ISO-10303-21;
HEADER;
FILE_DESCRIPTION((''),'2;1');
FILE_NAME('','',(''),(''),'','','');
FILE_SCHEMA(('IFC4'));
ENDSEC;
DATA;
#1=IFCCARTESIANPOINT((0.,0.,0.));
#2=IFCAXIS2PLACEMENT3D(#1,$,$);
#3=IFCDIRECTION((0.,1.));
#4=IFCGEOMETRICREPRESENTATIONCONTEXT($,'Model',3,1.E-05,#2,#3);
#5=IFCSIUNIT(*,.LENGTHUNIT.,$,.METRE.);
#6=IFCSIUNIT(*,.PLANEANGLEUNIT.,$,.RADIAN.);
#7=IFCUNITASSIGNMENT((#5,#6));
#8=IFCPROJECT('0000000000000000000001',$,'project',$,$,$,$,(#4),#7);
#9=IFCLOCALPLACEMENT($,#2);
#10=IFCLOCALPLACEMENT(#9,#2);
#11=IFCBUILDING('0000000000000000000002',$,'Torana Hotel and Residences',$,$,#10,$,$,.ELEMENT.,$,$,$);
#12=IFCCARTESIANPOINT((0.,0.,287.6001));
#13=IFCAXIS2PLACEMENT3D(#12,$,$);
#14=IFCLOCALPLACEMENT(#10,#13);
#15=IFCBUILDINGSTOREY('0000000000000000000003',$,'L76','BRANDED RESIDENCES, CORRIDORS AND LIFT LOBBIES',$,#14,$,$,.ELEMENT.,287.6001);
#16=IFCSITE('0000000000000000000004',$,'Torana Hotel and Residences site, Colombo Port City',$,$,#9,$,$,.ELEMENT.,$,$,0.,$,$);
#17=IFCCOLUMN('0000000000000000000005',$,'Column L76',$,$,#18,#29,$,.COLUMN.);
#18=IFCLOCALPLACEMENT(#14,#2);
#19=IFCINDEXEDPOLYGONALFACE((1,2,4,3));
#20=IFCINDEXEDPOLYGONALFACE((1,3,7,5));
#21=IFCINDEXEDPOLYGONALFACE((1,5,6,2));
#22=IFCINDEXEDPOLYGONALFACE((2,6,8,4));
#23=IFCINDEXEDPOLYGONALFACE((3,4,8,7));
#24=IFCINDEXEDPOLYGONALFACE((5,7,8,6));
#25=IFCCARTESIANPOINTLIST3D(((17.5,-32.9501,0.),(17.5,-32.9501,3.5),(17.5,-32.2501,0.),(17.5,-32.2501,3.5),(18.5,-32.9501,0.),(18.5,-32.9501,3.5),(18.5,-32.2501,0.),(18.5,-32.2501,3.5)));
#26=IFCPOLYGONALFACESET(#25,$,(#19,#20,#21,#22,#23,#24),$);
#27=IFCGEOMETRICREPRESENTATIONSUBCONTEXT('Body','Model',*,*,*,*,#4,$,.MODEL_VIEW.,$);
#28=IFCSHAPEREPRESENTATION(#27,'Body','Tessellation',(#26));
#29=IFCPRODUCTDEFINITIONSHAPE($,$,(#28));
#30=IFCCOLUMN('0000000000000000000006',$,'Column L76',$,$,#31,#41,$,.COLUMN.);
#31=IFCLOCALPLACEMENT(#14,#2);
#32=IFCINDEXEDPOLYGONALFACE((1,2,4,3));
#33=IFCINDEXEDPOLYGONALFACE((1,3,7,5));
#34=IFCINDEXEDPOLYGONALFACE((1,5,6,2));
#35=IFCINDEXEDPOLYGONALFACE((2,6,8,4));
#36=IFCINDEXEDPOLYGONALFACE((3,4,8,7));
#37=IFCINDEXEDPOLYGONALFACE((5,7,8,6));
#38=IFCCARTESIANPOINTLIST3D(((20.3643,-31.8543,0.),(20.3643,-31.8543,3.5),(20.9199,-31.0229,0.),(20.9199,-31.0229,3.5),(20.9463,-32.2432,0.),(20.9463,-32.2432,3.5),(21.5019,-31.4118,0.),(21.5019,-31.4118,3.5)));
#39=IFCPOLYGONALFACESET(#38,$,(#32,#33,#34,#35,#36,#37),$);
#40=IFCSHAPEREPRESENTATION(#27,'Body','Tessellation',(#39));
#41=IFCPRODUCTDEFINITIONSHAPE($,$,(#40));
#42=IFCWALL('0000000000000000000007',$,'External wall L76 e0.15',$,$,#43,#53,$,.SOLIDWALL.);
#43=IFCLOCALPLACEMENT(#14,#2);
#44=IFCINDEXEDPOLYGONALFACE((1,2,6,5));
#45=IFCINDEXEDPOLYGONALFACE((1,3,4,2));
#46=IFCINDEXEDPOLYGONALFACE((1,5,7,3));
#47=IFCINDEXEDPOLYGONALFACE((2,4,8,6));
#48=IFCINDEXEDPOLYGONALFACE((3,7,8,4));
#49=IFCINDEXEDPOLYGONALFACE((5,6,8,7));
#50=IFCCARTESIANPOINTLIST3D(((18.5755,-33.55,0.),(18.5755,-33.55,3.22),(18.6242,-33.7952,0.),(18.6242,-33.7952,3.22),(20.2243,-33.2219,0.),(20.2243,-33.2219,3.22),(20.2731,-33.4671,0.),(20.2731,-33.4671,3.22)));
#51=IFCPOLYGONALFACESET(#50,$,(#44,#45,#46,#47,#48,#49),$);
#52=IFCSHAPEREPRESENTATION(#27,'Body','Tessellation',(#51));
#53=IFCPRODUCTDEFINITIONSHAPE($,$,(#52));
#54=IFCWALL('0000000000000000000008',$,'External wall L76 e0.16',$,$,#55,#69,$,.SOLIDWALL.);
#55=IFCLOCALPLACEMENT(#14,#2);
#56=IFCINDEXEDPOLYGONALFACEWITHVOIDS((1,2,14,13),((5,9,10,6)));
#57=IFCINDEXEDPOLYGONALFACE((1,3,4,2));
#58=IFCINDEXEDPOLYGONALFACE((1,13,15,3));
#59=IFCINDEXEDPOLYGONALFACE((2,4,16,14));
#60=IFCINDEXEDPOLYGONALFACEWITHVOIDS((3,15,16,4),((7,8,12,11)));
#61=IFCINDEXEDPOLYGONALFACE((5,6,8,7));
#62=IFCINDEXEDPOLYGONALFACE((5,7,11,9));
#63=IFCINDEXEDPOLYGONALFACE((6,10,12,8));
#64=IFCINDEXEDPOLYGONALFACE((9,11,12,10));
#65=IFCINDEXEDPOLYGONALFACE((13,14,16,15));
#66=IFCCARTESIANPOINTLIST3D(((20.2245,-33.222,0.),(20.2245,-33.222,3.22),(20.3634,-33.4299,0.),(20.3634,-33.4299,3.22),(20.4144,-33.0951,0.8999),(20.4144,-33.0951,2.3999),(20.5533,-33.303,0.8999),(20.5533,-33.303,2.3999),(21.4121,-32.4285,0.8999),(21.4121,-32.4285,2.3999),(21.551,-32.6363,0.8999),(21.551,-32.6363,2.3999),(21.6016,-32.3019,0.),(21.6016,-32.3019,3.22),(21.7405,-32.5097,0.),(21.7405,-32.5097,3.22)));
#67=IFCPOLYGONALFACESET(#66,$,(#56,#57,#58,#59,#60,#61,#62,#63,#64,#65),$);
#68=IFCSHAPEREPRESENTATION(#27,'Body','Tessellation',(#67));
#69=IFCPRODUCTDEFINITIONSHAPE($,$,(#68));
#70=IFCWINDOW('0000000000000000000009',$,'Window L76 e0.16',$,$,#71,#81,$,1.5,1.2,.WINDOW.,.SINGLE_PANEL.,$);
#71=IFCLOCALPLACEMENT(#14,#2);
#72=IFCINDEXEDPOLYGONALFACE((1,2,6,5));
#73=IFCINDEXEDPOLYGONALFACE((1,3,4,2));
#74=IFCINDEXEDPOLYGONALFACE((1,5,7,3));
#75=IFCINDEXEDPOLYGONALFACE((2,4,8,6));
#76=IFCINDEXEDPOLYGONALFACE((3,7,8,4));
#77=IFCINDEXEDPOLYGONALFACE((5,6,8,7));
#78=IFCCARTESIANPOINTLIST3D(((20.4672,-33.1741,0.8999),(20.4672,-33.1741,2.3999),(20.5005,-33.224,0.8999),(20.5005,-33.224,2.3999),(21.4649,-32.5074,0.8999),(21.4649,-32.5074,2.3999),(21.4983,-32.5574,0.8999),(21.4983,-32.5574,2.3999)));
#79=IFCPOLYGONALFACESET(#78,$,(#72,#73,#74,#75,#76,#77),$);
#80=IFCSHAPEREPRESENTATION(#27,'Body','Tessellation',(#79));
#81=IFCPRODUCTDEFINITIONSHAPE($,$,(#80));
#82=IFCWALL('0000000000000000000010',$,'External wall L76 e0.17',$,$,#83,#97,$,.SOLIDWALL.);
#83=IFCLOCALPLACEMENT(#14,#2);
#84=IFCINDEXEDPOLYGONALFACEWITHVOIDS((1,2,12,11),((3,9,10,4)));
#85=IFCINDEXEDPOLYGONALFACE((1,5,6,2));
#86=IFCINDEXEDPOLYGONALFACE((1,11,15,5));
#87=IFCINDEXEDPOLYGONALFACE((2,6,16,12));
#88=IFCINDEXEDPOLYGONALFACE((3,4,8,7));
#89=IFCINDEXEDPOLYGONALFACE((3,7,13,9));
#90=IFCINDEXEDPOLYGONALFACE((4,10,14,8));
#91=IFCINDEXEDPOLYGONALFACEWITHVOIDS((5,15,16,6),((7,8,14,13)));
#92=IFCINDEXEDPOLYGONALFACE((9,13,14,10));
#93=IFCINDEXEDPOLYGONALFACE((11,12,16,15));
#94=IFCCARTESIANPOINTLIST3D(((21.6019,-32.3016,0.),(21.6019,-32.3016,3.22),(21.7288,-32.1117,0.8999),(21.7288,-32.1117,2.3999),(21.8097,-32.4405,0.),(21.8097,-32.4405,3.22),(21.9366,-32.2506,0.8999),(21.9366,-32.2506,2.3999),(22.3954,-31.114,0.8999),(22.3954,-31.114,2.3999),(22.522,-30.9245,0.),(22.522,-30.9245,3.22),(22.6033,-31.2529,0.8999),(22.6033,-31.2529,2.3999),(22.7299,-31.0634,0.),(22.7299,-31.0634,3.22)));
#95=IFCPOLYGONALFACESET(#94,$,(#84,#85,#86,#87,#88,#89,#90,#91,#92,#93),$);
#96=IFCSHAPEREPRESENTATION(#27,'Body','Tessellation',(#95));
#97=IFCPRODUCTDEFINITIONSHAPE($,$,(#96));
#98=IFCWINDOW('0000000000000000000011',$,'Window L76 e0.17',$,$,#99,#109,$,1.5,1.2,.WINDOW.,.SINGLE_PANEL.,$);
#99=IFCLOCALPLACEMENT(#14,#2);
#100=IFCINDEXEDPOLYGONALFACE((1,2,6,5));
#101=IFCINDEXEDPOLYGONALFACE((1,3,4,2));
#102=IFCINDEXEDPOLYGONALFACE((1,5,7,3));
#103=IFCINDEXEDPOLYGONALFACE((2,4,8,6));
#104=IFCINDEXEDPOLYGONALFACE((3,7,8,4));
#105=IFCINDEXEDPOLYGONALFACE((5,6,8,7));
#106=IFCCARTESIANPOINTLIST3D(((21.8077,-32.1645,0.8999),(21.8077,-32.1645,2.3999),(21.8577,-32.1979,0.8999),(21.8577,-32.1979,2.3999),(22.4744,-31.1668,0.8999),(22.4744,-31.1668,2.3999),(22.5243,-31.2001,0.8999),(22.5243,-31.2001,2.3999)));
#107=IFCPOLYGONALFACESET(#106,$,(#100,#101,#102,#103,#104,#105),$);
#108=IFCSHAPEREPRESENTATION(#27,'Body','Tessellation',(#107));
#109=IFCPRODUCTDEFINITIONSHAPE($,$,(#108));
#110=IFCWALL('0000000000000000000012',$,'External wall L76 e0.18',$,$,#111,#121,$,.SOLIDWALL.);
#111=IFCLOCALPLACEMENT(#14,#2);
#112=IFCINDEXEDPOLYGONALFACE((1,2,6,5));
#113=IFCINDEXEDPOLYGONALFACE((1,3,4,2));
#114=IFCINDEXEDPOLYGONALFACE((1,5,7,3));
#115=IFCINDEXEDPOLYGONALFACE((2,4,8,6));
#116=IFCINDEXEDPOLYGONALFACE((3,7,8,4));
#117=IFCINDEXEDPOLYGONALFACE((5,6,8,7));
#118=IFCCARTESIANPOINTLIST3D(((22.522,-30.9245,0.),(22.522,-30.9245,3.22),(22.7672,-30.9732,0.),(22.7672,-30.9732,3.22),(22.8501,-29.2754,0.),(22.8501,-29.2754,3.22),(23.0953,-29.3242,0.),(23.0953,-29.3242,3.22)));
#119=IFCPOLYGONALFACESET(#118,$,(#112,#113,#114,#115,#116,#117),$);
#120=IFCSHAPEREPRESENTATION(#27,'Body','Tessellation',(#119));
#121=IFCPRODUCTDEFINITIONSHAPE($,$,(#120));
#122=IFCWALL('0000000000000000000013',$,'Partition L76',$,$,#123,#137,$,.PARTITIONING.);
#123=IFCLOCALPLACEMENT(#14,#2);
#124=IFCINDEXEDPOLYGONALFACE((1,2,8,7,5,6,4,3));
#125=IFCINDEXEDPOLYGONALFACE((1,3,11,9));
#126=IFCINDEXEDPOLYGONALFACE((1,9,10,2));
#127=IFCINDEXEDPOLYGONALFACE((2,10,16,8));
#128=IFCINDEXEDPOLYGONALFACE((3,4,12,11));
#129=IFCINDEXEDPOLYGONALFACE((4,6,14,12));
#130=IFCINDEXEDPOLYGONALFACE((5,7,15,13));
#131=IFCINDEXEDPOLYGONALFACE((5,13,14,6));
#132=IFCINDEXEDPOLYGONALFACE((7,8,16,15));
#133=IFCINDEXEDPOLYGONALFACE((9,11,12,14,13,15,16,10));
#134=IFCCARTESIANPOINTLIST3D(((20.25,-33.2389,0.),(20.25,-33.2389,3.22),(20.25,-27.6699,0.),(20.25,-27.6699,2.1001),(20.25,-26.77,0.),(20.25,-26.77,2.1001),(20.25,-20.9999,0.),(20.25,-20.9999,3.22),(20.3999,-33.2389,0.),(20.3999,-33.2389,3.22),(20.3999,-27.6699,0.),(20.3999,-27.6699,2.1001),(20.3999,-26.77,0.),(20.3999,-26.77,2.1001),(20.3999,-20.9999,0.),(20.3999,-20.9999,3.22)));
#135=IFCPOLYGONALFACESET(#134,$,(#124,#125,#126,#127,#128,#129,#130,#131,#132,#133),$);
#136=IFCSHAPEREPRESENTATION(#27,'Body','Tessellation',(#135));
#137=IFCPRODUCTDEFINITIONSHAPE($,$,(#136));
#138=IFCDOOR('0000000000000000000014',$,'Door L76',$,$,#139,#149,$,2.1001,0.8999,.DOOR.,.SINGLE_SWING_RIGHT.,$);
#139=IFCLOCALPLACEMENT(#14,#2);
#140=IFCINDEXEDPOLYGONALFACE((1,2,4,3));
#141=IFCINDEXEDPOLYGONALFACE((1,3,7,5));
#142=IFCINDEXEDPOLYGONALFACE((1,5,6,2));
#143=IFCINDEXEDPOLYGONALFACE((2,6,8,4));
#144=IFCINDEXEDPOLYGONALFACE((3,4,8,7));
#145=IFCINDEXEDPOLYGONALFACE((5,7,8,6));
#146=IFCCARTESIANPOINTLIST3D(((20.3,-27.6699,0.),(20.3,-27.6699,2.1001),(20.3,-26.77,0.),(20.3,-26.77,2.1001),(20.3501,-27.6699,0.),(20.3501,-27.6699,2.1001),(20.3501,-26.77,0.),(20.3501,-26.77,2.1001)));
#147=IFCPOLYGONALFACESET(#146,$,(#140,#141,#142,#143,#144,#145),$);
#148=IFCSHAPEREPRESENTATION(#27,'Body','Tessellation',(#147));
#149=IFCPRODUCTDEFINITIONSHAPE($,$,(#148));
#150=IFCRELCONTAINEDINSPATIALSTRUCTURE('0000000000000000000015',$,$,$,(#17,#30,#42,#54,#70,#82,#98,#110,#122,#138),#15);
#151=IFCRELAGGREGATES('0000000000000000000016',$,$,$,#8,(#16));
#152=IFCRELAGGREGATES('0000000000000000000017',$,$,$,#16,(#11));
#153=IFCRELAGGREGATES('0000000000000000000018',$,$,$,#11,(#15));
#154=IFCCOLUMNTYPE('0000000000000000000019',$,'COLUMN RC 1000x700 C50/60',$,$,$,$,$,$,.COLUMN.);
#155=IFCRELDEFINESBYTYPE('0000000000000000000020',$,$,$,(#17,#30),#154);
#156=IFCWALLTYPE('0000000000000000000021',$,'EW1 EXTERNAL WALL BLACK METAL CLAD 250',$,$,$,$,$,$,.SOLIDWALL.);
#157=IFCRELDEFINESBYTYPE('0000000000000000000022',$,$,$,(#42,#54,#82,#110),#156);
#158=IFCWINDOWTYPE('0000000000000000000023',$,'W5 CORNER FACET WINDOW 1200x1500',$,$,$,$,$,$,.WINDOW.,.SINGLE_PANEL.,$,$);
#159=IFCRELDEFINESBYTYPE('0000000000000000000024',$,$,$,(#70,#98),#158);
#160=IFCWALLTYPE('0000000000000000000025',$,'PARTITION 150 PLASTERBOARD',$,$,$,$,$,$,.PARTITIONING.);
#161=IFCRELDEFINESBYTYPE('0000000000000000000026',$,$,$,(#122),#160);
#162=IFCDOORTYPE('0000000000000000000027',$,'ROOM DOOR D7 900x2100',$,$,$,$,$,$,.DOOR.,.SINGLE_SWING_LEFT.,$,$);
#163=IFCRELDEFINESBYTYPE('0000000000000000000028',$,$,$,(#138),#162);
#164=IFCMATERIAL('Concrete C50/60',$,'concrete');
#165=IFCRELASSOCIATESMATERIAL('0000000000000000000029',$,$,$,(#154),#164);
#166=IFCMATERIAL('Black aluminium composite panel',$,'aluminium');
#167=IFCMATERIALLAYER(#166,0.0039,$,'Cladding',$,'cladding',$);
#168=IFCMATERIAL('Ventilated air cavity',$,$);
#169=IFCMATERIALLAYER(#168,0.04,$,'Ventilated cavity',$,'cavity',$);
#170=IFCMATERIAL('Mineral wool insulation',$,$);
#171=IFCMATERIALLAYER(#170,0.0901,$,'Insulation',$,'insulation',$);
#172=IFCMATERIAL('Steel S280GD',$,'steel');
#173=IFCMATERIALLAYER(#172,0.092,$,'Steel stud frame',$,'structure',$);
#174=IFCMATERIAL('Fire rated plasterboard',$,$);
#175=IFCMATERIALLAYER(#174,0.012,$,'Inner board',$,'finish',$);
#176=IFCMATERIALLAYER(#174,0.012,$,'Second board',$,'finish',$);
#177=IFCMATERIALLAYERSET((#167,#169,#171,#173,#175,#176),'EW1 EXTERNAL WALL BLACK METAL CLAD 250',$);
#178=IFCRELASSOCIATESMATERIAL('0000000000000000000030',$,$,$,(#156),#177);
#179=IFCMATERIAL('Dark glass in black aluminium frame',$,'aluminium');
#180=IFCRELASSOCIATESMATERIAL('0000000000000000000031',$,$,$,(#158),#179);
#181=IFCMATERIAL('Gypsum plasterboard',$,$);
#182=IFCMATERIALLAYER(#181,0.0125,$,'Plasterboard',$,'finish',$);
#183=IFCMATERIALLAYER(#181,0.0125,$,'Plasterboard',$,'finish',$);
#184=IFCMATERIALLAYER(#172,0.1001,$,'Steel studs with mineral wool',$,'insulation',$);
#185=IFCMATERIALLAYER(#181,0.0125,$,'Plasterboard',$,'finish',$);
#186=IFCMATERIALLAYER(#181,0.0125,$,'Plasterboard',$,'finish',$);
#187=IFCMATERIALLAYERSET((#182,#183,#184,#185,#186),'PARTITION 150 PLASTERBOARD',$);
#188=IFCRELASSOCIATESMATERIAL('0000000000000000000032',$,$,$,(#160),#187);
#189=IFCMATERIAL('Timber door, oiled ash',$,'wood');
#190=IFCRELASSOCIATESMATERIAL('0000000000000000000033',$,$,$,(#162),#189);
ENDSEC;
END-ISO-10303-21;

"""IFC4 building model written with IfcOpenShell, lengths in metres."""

from ifc_helpers import new_model, si_unit, direction, frame, frame_2d, origin, origin_2d, place, context, subcontext, project, spatial, rectangle, extrude, material, layer, layer_set, material_profile, profile_set, type_object, element, fill, save


model = new_model("IFC4")

# Units and contexts
model_context = context("Model", 3, precision=1e-05, world=origin(), true_north=direction((0.0, 1.0)))
body_context = subcontext(model_context, "Body", "Model", "MODEL_VIEW")
ifc_project = project(units=[si_unit("LENGTHUNIT", "METRE"), si_unit("PLANEANGLEUNIT", "RADIAN")], contexts=[model_context])

# Site, building, storey
site_placement = place(None, origin())
site = spatial("IfcSite", under=ifc_project, at=site_placement, Name="Torana Hotel and Residences site, Colombo Port City", CompositionType="ELEMENT", RefElevation=0.0)
building_placement = place(site_placement, origin())
building = spatial("IfcBuilding", under=site, at=building_placement, Name="Torana Hotel and Residences", CompositionType="ELEMENT")
storey_placement = place(building_placement, frame((0.0, 0.0, 287.6001)))
storey = spatial("IfcBuildingStorey", under=building, at=storey_placement, Name="L76", Description="BRANDED RESIDENCES, CORRIDORS AND LIFT LOBBIES", CompositionType="ELEMENT", Elevation=287.6001)

# Columns
ifc_material_1 = material(Name="Concrete C50/60", Category="concrete")
ifc_material_profile = material_profile(ifc_material_1, rectangle(XDim=1.0, YDim=0.7, at=origin_2d()), Name="RC 1000x700")
ifc_profile_set = profile_set([ifc_material_profile], Name="Concrete C50/60")
column_type = type_object("IfcColumnType", Name="COLUMN RC 1000x700 C50/60", PredefinedType="COLUMN", material=ifc_profile_set)
for number, where, z_axis, x_axis, name in (
    (1, (18.0, -32.6001, 0.0), (0.0, 0.0, 1.0), (1.0, 0.0, 0.0), "Column L76"),
    (2, (20.9331, -31.6331, 0.0), (0.0, 0.0, 1.0), (0.555585, 0.83146, 0.0), "Column L76"),
):
    element("IfcColumn", number, at=place(storey_placement, frame(where, z_axis=z_axis, x_axis=x_axis)), inside=storey, type_object=column_type, Name=name, PredefinedType="COLUMN", context=body_context, shape_type="SweptSolid", body=[
        extrude(rectangle(XDim=1.0, YDim=0.7, at=origin_2d()), origin(), (0.0, 0.0, 1.0), 3.5),
    ])

# Wall
ifc_material_2 = material(Name="Black aluminium composite panel", Category="aluminium")
ifc_layer_1 = layer(ifc_material_2, 0.0039, Name="Cladding", Category="cladding")
ifc_material_3 = material(Name="Ventilated air cavity")
ifc_layer_2 = layer(ifc_material_3, 0.04, Name="Ventilated cavity", Category="cavity")
ifc_material_4 = material(Name="Mineral wool insulation")
ifc_layer_3 = layer(ifc_material_4, 0.0901, Name="Insulation", Category="insulation")
ifc_material_5 = material(Name="Steel S280GD", Category="steel")
ifc_layer_4 = layer(ifc_material_5, 0.092, Name="Steel stud frame", Category="structure")
ifc_material_6 = material(Name="Fire rated plasterboard")
ifc_layer_5 = layer(ifc_material_6, 0.012, Name="Inner board", Category="finish")
ifc_layer_6 = layer(ifc_material_6, 0.012, Name="Second board", Category="finish")
ifc_layer_set_1 = layer_set([ifc_layer_1, ifc_layer_2, ifc_layer_3, ifc_layer_4, ifc_layer_5, ifc_layer_6], Name="EW1 EXTERNAL WALL BLACK METAL CLAD 250")
wall_type_1 = type_object("IfcWallType", Name="EW1 EXTERNAL WALL BLACK METAL CLAD 250", PredefinedType="SOLIDWALL", material=ifc_layer_set_1)
wall_1_placement = place(storey_placement, frame((18.5999, -33.6726, 0.0), z_axis=(0.0, 0.0, 1.0), x_axis=(0.98077, 0.195167, 0.0)))
element("IfcWall", 3, at=wall_1_placement, inside=storey, type_object=wall_type_1, Name="External wall L76 e0.15", PredefinedType="SOLIDWALL", context=body_context, shape_type="SweptSolid", body=[
    extrude(rectangle(XDim=1.6812, YDim=0.25, at=frame_2d((0.8406, 0.0))), origin(), (0.0, 0.0, 1.0), 3.22),
])

# Walls, openings, windows
wall_2_placement = place(storey_placement, frame((20.2939, -33.3259, 0.0), z_axis=(0.0, 0.0, 1.0), x_axis=(0.831483, 0.55555, 0.0)))
wall_2 = element("IfcWall", 4, at=wall_2_placement, inside=storey, type_object=wall_type_1, Name="External wall L76 e0.16", PredefinedType="SOLIDWALL", context=body_context, shape_type="SweptSolid", body=[
    extrude(rectangle(XDim=1.6562, YDim=0.25, at=frame_2d((0.8281, 0.0))), origin(), (0.0, 0.0, 1.0), 3.22),
])
opening_1_placement = place(wall_2_placement, frame((0.2283, 0.0, 0.8999)))
opening_1 = element("IfcOpeningElement", 5, at=opening_1_placement, cuts=wall_2, PredefinedType="OPENING", context=body_context, shape_type="SweptSolid", body=[
    extrude(rectangle(XDim=1.2, YDim=1.5, at=frame_2d((0.6001, 0.75))), frame((0.0, 0.135, 0.0), z_axis=(0.0, -1.0, 0.0), x_axis=(1.0, 0.0, 0.0)), (0.0, 0.0, 1.0), 0.27),
])
ifc_material_7 = material(Name="Dark glass in black aluminium frame", Category="aluminium")
window_type_1 = type_object("IfcWindowType", Name="W5 CORNER FACET WINDOW 1200x1500", PartitioningType="SINGLE_PANEL", PredefinedType="WINDOW", material=ifc_material_7)
window_1_placement = place(opening_1_placement, origin())
window_1 = element("IfcWindow", 6, at=window_1_placement, inside=storey, type_object=window_type_1, Name="Window L76 e0.16", OverallHeight=1.5, OverallWidth=1.2, PartitioningType="SINGLE_PANEL", PredefinedType="WINDOW", context=body_context, shape_type="SweptSolid", body=[
    extrude(rectangle(XDim=1.2, YDim=1.5, at=frame_2d((0.6001, 0.75))), frame((0.0, 0.03, 0.0), z_axis=(0.0, -1.0, 0.0), x_axis=(1.0, 0.0, 0.0)), (0.0, 0.0, 1.0), 0.0601),
])
fill(opening_1, window_1)
wall_3_placement = place(storey_placement, frame((21.7058, -32.3711, 0.0), z_axis=(0.0, 0.0, 1.0), x_axis=(0.55555, 0.831483, 0.0)))
wall_3 = element("IfcWall", 7, at=wall_3_placement, inside=storey, type_object=wall_type_1, Name="External wall L76 e0.17", PredefinedType="SOLIDWALL", context=body_context, shape_type="SweptSolid", body=[
    extrude(rectangle(XDim=1.6562, YDim=0.25, at=frame_2d((0.8281, 0.0))), origin(), (0.0, 0.0, 1.0), 3.22),
])
opening_2_placement = place(wall_3_placement, frame((0.2283, 0.0, 0.8999)))
opening_2 = element("IfcOpeningElement", 8, at=opening_2_placement, cuts=wall_3, PredefinedType="OPENING", context=body_context, shape_type="SweptSolid", body=[
    extrude(rectangle(XDim=1.2, YDim=1.5, at=frame_2d((0.6001, 0.75))), frame((0.0, 0.135, 0.0), z_axis=(0.0, -1.0, 0.0), x_axis=(1.0, 0.0, 0.0)), (0.0, 0.0, 1.0), 0.27),
])
window_2_placement = place(opening_2_placement, origin())
window_2 = element("IfcWindow", 9, at=window_2_placement, inside=storey, type_object=window_type_1, Name="Window L76 e0.17", OverallHeight=1.5, OverallWidth=1.2, PartitioningType="SINGLE_PANEL", PredefinedType="WINDOW", context=body_context, shape_type="SweptSolid", body=[
    extrude(rectangle(XDim=1.2, YDim=1.5, at=frame_2d((0.6001, 0.75))), frame((0.0, 0.03, 0.0), z_axis=(0.0, -1.0, 0.0), x_axis=(1.0, 0.0, 0.0)), (0.0, 0.0, 1.0), 0.0601),
])
fill(opening_2, window_2)

# Wall
wall_4_placement = place(storey_placement, frame((22.6445, -30.949, 0.0), z_axis=(0.0, 0.0, 1.0), x_axis=(0.195139, 0.980776, 0.0)))
element("IfcWall", 10, at=wall_4_placement, inside=storey, type_object=wall_type_1, Name="External wall L76 e0.18", PredefinedType="SOLIDWALL", context=body_context, shape_type="SweptSolid", body=[
    extrude(rectangle(XDim=1.6814, YDim=0.25, at=frame_2d((0.8408, 0.0))), origin(), (0.0, 0.0, 1.0), 3.22),
])

# Wall, opening, door
ifc_material_8 = material(Name="Gypsum plasterboard")
ifc_layer_7 = layer(ifc_material_8, 0.0125, Name="Plasterboard", Category="finish")
ifc_layer_8 = layer(ifc_material_8, 0.0125, Name="Plasterboard", Category="finish")
ifc_layer_9 = layer(ifc_material_5, 0.1001, Name="Steel studs with mineral wool", Category="insulation")
ifc_layer_10 = layer(ifc_material_8, 0.0125, Name="Plasterboard", Category="finish")
ifc_layer_11 = layer(ifc_material_8, 0.0125, Name="Plasterboard", Category="finish")
ifc_layer_set_2 = layer_set([ifc_layer_7, ifc_layer_8, ifc_layer_9, ifc_layer_10, ifc_layer_11], Name="PARTITION 150 PLASTERBOARD")
wall_type_2 = type_object("IfcWallType", Name="PARTITION 150 PLASTERBOARD", PredefinedType="PARTITIONING", material=ifc_layer_set_2)
wall_5_placement = place(storey_placement, frame((20.325, -33.239, 0.0), z_axis=(0.0, 0.0, 1.0), x_axis=(0.0, 1.0, 0.0)))
wall_5 = element("IfcWall", 11, at=wall_5_placement, inside=storey, type_object=wall_type_2, Name="Partition L76", PredefinedType="PARTITIONING", context=body_context, shape_type="SweptSolid", body=[
    extrude(rectangle(XDim=12.239, YDim=0.1499, at=frame_2d((6.1196, 0.0))), origin(), (0.0, 0.0, 1.0), 3.22),
])
opening_3_placement = place(wall_5_placement, frame((5.5691, 0.0, 0.0)))
opening_3 = element("IfcOpeningElement", 12, at=opening_3_placement, cuts=wall_5, PredefinedType="OPENING", context=body_context, shape_type="SweptSolid", body=[
    extrude(rectangle(XDim=0.8999, YDim=2.1001, at=frame_2d((0.45, 1.05))), frame((0.0, 0.085, 0.0), z_axis=(0.0, -1.0, 0.0), x_axis=(1.0, 0.0, 0.0)), (0.0, 0.0, 1.0), 0.1699),
])
ifc_material_9 = material(Name="Timber door, oiled ash", Category="wood")
door_type_1 = type_object("IfcDoorType", Name="ROOM DOOR D7 900x2100", OperationType="SINGLE_SWING_LEFT", PredefinedType="DOOR", material=ifc_material_9)
door_1_placement = place(opening_3_placement, origin())
door_1 = element("IfcDoor", 13, at=door_1_placement, inside=storey, type_object=door_type_1, Name="Door L76", OperationType="SINGLE_SWING_RIGHT", OverallHeight=2.1001, OverallWidth=0.8999, PredefinedType="DOOR", context=body_context, shape_type="SweptSolid", body=[
    extrude(rectangle(XDim=0.8999, YDim=2.1001, at=frame_2d((0.45, 1.05))), frame((0.0, 0.0249, 0.0), z_axis=(0.0, -1.0, 0.0), x_axis=(1.0, 0.0, 0.0)), (0.0, 0.0, 1.0), 0.05),
])
fill(opening_3, door_1)

save(model, "model.ifc")
